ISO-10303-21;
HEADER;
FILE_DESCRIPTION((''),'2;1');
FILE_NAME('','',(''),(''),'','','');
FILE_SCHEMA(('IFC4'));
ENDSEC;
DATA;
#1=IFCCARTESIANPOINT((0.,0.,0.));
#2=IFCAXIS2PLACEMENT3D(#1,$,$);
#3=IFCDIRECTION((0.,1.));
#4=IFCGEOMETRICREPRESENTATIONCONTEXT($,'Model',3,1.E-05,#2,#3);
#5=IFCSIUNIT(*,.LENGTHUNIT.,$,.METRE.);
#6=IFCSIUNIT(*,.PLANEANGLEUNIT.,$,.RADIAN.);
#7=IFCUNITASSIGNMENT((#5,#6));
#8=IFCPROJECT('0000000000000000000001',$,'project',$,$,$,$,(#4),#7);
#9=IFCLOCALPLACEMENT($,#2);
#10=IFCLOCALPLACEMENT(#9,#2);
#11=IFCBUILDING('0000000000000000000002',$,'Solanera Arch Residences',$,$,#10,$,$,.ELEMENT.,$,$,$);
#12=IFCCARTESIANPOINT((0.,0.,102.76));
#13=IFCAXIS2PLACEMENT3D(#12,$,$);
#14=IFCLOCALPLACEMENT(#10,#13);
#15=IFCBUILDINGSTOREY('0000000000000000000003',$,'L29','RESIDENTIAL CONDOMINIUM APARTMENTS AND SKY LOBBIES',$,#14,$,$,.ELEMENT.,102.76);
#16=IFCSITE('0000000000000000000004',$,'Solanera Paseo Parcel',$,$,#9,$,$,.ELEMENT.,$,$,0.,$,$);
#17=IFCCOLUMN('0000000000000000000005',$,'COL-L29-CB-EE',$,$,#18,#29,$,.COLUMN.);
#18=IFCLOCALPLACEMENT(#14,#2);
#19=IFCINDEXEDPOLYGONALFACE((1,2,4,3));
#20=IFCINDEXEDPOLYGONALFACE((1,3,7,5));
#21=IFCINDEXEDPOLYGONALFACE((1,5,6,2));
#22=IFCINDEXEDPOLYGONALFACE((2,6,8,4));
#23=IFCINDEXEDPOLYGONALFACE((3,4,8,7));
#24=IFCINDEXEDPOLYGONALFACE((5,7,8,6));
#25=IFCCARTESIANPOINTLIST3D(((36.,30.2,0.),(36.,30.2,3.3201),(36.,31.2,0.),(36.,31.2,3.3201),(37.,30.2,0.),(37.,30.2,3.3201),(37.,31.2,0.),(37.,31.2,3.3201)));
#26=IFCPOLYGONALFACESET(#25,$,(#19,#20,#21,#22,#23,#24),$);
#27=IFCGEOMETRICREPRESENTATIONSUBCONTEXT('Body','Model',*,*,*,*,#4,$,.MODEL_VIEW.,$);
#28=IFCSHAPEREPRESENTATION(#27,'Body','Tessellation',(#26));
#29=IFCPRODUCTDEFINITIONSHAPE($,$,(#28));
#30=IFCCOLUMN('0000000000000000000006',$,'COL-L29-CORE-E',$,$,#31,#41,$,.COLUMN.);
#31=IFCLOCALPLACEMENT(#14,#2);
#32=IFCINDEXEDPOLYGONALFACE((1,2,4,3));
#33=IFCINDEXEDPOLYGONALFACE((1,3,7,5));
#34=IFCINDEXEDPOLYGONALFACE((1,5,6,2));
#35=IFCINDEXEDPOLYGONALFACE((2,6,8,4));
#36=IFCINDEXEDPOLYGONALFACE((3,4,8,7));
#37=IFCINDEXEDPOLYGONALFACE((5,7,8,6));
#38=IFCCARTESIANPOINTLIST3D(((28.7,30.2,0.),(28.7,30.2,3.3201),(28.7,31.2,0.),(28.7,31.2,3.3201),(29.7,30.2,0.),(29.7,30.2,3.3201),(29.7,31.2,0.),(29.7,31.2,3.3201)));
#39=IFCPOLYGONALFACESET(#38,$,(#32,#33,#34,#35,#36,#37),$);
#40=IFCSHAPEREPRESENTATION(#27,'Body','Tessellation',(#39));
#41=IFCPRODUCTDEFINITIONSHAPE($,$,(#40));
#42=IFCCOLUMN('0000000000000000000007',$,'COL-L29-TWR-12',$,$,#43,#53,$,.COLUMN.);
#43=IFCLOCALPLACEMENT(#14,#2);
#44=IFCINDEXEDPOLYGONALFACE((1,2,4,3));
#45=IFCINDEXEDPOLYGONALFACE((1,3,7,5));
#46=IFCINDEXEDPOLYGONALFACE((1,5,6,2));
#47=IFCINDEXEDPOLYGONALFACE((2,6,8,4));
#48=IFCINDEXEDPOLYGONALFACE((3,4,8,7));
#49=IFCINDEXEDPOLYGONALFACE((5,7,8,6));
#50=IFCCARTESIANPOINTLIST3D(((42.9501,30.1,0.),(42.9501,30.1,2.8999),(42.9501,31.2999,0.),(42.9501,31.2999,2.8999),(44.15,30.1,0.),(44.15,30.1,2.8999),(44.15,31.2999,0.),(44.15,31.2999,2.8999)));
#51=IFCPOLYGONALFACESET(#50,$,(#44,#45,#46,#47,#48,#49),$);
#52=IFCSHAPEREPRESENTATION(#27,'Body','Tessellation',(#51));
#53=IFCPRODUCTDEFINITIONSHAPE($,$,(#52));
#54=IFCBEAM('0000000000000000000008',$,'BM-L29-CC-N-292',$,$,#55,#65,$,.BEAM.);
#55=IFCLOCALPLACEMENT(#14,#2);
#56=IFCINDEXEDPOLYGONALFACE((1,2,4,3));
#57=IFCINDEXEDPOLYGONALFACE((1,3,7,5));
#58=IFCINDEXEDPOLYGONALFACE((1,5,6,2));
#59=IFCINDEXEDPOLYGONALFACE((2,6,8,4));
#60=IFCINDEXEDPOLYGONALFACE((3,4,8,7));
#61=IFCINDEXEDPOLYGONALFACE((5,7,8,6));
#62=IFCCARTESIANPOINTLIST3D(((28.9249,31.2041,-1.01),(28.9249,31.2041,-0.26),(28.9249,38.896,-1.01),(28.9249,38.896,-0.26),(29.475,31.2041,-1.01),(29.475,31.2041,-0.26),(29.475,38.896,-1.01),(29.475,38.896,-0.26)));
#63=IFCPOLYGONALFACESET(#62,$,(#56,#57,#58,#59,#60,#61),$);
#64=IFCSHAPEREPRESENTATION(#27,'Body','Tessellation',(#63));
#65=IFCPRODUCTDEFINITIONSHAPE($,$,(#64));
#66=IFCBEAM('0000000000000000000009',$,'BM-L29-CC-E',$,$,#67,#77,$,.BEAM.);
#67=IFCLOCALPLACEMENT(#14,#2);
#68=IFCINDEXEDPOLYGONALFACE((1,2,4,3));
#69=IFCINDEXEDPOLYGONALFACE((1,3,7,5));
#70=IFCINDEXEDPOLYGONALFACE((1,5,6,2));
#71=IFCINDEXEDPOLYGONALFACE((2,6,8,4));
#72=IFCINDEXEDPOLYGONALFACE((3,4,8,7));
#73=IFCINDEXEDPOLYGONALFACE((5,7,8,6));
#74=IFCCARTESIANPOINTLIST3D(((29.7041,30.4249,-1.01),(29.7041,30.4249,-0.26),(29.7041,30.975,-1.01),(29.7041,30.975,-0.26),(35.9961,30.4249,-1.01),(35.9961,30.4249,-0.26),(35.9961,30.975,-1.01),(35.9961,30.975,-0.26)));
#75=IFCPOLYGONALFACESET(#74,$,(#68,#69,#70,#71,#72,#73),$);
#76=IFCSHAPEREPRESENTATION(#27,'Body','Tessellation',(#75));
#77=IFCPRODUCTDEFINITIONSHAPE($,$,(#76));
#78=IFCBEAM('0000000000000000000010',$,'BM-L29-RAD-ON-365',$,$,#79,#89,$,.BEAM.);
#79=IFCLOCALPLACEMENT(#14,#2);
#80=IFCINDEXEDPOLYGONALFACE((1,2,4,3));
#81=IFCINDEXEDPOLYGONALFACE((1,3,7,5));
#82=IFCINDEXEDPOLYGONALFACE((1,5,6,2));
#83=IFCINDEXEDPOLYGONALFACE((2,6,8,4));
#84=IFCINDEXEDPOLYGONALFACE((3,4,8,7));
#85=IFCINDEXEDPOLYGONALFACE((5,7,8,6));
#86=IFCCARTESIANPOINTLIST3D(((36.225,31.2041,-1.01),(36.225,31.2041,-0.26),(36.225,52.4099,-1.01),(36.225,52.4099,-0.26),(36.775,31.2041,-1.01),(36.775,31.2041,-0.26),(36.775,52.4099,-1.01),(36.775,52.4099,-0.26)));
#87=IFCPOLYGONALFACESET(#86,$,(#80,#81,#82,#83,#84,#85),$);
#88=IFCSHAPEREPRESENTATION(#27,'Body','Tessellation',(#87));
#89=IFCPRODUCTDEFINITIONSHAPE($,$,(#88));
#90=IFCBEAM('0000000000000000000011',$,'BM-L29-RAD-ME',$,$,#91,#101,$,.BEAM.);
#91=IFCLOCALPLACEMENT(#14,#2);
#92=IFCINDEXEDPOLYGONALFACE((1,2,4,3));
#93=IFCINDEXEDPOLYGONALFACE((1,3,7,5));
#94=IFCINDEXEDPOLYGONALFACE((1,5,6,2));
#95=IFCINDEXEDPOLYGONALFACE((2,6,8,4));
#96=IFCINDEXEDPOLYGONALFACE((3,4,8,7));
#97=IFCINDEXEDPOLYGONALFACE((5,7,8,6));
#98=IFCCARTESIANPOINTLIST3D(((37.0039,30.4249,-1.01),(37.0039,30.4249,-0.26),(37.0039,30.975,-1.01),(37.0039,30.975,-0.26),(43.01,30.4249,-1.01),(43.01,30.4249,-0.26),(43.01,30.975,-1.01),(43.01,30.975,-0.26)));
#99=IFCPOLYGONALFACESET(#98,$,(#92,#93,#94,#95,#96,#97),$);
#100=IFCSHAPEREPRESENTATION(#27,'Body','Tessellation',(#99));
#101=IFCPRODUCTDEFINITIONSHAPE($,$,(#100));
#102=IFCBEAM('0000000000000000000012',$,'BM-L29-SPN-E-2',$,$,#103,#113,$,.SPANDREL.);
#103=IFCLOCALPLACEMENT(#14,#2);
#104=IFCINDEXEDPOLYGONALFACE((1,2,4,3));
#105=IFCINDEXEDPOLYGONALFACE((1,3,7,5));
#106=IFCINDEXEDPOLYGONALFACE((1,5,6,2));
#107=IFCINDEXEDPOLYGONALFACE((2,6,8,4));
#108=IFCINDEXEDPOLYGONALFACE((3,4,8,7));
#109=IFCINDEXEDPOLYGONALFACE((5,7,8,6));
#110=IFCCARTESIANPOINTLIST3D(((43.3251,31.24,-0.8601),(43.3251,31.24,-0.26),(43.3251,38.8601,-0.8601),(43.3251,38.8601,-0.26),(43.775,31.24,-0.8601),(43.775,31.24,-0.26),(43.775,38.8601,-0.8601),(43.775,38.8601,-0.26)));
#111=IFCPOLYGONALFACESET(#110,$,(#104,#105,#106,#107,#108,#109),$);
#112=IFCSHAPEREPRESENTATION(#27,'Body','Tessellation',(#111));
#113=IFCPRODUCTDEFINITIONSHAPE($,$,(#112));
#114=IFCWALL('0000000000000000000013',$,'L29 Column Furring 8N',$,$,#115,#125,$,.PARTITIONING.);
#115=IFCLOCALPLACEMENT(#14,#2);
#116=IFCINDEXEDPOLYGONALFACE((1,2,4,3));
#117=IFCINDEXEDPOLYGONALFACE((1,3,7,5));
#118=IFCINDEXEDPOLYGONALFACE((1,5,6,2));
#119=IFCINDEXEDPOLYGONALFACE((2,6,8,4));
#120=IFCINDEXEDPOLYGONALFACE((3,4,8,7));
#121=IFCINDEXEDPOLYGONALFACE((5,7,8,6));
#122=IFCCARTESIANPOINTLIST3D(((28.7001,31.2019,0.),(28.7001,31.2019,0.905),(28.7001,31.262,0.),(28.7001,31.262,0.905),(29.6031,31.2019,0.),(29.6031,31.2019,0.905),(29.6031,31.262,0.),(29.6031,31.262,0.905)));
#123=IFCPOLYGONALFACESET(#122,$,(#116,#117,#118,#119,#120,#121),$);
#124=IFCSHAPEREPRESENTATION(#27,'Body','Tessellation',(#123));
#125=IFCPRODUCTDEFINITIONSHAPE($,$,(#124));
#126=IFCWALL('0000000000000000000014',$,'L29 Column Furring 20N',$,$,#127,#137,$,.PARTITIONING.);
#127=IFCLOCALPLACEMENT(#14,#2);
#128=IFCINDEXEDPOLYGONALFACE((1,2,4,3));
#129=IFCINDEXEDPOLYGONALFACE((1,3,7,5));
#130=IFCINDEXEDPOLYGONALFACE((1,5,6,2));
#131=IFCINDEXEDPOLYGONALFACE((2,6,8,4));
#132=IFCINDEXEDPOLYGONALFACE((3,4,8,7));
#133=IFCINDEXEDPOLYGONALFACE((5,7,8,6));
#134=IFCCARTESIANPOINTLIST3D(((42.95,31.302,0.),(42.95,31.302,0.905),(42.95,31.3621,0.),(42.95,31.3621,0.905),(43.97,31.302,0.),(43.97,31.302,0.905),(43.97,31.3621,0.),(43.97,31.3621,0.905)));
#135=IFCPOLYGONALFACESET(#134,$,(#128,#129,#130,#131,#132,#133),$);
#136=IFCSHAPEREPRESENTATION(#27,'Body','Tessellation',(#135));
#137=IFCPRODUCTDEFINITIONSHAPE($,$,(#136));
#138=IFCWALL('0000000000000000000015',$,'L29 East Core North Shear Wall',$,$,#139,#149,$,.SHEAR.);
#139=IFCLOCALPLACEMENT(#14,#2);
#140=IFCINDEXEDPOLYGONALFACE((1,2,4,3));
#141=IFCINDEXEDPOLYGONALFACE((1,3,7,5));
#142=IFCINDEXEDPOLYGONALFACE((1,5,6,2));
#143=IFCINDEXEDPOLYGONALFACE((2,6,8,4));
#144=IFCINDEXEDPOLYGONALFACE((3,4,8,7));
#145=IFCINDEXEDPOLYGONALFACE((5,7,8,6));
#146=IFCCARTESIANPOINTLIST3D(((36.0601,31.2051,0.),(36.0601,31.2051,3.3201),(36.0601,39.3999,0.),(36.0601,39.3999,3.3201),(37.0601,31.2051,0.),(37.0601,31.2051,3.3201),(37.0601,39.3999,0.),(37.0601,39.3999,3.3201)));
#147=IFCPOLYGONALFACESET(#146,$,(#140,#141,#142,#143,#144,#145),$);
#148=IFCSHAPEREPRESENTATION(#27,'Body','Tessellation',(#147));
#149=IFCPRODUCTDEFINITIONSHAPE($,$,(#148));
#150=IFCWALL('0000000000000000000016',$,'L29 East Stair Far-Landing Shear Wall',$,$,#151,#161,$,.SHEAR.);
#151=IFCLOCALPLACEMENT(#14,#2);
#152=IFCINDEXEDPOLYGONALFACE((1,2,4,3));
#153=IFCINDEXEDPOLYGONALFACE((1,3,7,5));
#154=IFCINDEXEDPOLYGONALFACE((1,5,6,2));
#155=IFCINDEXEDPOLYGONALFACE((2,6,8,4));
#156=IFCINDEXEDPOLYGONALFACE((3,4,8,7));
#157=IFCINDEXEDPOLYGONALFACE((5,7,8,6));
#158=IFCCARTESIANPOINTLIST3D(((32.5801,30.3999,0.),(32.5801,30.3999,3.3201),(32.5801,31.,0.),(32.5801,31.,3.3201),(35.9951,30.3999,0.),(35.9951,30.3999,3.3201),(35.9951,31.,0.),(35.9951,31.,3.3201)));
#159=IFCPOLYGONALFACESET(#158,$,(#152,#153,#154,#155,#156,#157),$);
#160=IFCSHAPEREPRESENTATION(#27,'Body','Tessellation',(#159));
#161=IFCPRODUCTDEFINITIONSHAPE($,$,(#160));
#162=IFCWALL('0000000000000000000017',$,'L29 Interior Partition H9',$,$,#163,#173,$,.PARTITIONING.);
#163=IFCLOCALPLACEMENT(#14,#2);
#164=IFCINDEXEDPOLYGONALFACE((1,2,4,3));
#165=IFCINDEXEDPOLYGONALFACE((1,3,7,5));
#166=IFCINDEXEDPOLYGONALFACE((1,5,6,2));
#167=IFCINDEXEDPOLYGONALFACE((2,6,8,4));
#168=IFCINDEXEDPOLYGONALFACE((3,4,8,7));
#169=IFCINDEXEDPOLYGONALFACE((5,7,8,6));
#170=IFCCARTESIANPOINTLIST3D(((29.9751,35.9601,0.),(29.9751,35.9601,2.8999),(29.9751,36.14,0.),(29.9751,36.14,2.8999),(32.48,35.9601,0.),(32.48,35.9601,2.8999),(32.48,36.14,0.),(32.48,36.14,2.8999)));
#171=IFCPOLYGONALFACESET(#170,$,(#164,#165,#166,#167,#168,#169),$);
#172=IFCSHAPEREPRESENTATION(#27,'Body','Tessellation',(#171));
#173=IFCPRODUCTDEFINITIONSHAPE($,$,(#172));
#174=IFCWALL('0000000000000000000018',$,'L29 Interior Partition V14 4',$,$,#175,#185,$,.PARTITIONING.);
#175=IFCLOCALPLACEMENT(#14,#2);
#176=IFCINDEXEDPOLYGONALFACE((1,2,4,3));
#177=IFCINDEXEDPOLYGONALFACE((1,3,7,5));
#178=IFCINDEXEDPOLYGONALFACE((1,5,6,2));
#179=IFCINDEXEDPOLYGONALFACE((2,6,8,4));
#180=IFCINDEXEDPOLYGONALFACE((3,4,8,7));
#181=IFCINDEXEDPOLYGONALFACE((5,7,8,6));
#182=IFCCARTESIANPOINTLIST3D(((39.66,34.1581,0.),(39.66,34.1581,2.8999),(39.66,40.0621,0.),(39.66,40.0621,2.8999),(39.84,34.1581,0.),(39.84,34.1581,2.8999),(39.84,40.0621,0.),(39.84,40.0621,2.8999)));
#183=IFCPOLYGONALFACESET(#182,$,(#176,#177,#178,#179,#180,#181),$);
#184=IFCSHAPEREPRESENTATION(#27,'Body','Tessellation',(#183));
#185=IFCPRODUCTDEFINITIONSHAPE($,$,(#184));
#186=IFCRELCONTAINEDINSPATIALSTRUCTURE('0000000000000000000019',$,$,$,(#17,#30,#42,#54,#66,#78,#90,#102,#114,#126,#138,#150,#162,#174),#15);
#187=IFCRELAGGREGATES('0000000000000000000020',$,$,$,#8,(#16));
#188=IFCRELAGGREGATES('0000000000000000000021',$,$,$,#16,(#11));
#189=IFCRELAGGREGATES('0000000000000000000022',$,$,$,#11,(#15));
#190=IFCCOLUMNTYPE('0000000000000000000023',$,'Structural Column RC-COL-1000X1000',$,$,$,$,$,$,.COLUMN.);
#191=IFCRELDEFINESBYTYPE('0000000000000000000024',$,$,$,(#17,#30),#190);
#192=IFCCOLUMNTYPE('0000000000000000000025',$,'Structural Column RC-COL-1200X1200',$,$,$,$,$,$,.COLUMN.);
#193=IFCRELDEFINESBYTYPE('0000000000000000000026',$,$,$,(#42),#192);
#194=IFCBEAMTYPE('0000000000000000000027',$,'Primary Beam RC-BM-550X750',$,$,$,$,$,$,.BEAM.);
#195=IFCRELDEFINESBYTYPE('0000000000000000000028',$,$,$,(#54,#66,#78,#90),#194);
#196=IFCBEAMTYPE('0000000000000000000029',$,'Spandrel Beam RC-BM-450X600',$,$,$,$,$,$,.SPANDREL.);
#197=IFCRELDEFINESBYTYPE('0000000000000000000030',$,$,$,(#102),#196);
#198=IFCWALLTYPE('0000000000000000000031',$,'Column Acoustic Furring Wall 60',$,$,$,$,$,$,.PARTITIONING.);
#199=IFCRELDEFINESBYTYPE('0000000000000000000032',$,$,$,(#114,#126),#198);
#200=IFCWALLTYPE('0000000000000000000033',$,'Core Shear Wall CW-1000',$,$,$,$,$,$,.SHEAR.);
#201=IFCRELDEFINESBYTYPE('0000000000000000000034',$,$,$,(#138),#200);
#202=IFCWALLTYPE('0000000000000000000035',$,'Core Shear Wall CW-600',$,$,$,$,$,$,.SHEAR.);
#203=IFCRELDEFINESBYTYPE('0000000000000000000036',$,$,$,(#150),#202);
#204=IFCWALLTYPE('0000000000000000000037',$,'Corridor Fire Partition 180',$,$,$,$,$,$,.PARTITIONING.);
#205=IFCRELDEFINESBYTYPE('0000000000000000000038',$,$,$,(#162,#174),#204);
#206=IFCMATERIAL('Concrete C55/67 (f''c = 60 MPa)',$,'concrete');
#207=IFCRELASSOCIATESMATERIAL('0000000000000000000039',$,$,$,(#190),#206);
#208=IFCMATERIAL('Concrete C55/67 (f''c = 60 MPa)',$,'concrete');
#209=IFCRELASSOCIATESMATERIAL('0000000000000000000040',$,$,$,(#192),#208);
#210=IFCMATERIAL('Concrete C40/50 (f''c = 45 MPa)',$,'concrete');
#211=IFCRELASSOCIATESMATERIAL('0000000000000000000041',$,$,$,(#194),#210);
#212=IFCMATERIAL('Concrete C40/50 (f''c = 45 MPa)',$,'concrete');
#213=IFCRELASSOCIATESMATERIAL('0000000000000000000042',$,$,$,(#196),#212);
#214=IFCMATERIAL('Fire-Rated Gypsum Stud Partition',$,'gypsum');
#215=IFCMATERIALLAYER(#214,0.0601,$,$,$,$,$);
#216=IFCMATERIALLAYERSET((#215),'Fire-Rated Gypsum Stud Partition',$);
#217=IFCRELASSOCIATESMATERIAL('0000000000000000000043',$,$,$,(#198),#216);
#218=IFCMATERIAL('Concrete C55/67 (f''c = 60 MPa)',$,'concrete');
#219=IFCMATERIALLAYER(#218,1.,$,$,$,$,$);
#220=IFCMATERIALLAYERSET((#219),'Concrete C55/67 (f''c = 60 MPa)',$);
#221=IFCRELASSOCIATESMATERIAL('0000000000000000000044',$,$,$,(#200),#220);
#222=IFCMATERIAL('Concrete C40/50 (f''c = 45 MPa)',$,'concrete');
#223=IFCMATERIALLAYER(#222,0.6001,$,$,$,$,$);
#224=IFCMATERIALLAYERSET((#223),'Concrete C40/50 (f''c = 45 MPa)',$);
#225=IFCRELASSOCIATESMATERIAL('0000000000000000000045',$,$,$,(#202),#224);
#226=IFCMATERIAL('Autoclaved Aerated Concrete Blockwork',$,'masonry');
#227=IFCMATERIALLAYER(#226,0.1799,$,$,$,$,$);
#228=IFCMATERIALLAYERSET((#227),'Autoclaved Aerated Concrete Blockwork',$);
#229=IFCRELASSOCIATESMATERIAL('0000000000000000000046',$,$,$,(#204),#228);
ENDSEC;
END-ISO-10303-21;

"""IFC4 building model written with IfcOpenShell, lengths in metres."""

from ifc_helpers import new_model, si_unit, direction, frame, frame_2d, origin, origin_2d, place, context, subcontext, project, spatial, rectangle, extrude, material, layer, layer_set, material_profile, profile_set, type_object, element, save


model = new_model("IFC4")

# Units and contexts
model_context = context("Model", 3, precision=1e-05, world=origin(), true_north=direction((0.0, 1.0)))
body_context = subcontext(model_context, "Body", "Model", "MODEL_VIEW")
ifc_project = project(units=[si_unit("LENGTHUNIT", "METRE"), si_unit("PLANEANGLEUNIT", "RADIAN")], contexts=[model_context])

# Site, building, storey
site_placement = place(None, origin())
site = spatial("IfcSite", under=ifc_project, at=site_placement, Name="Solanera Paseo Parcel", CompositionType="ELEMENT", RefElevation=0.0)
building_placement = place(site_placement, origin())
building = spatial("IfcBuilding", under=site, at=building_placement, Name="Solanera Arch Residences", CompositionType="ELEMENT")
storey_placement = place(building_placement, frame((0.0, 0.0, 102.76)))
storey = spatial("IfcBuildingStorey", under=building, at=storey_placement, Name="L29", Description="RESIDENTIAL CONDOMINIUM APARTMENTS AND SKY LOBBIES", CompositionType="ELEMENT", Elevation=102.76)

# Columns
ifc_material_1 = material(Name="Concrete C55/67 (f'c = 60 MPa)", Category="concrete")
ifc_material_profile_1 = material_profile(ifc_material_1, rectangle(XDim=1.0, YDim=1.0, at=origin_2d()))
ifc_profile_set_1 = profile_set([ifc_material_profile_1], Name="Concrete C55/67 (f'c = 60 MPa)")
column_type_1 = type_object("IfcColumnType", Name="Structural Column RC-COL-1000X1000", PredefinedType="COLUMN", material=ifc_profile_set_1)
for number, where, z_axis, x_axis, name in (
    (1, (36.5, 30.7, 0.0), (0.0, 0.0, 1.0), (1.0, 0.0, 0.0), "COL-L29-CB-EE"),
    (2, (29.2, 30.7, 0.0), (0.0, 0.0, 1.0), (1.0, 0.0, 0.0), "COL-L29-CORE-E"),
):
    element("IfcColumn", number, at=place(storey_placement, frame(where, z_axis=z_axis, x_axis=x_axis)), inside=storey, type_object=column_type_1, Name=name, PredefinedType="COLUMN", context=body_context, shape_type="SweptSolid", body=[
        extrude(rectangle(XDim=1.0, YDim=1.0, at=origin_2d()), origin(), (0.0, 0.0, 1.0), 3.3201),
    ])
ifc_material_2 = material(Name="Concrete C55/67 (f'c = 60 MPa)", Category="concrete")
ifc_material_profile_2 = material_profile(ifc_material_2, rectangle(XDim=1.2, YDim=1.2, at=origin_2d()))
ifc_profile_set_2 = profile_set([ifc_material_profile_2], Name="Concrete C55/67 (f'c = 60 MPa)")
column_type_2 = type_object("IfcColumnType", Name="Structural Column RC-COL-1200X1200", PredefinedType="COLUMN", material=ifc_profile_set_2)
column_placement = place(storey_placement, frame((43.55, 30.7, 0.0), z_axis=(0.0, 0.0, 1.0), x_axis=(1.0, 0.0, 0.0)))
element("IfcColumn", 3, at=column_placement, inside=storey, type_object=column_type_2, Name="COL-L29-TWR-12", PredefinedType="COLUMN", context=body_context, shape_type="SweptSolid", body=[
    extrude(rectangle(XDim=1.2, YDim=1.2, at=origin_2d()), origin(), (0.0, 0.0, 1.0), 2.8999),
])

# Beams
ifc_material_3 = material(Name="Concrete C40/50 (f'c = 45 MPa)", Category="concrete")
ifc_material_profile_3 = material_profile(ifc_material_3, rectangle(XDim=0.55, YDim=0.75, at=origin_2d()))
ifc_profile_set_3 = profile_set([ifc_material_profile_3], Name="Concrete C40/50 (f'c = 45 MPa)")
beam_type_1 = type_object("IfcBeamType", Name="Primary Beam RC-BM-550X750", PredefinedType="BEAM", material=ifc_profile_set_3)
beam_1_placement = place(storey_placement, frame((29.2, 31.2041, -0.635), z_axis=(0.0, 1.0, 0.0), x_axis=(-1.0, 0.0, 0.0)))
element("IfcBeam", 4, at=beam_1_placement, inside=storey, type_object=beam_type_1, Name="BM-L29-CC-N-292", PredefinedType="BEAM", context=body_context, shape_type="SweptSolid", body=[
    extrude(rectangle(XDim=0.55, YDim=0.75, at=origin_2d()), origin(), (0.0, 0.0, 1.0), 7.6919),
])
beam_2_placement = place(storey_placement, frame((29.7041, 30.7, -0.635), z_axis=(1.0, 0.0, 0.0), x_axis=(0.0, 1.0, 0.0)))
element("IfcBeam", 5, at=beam_2_placement, inside=storey, type_object=beam_type_1, Name="BM-L29-CC-E", PredefinedType="BEAM", context=body_context, shape_type="SweptSolid", body=[
    extrude(rectangle(XDim=0.55, YDim=0.75, at=origin_2d()), origin(), (0.0, 0.0, 1.0), 6.292),
])
beam_3_placement = place(storey_placement, frame((36.5, 31.2041, -0.635), z_axis=(0.0, 1.0, 0.0), x_axis=(-1.0, 0.0, 0.0)))
element("IfcBeam", 6, at=beam_3_placement, inside=storey, type_object=beam_type_1, Name="BM-L29-RAD-ON-365", PredefinedType="BEAM", context=body_context, shape_type="SweptSolid", body=[
    extrude(rectangle(XDim=0.55, YDim=0.75, at=origin_2d()), origin(), (0.0, 0.0, 1.0), 21.2058),
])
beam_4_placement = place(storey_placement, frame((37.0039, 30.7, -0.635), z_axis=(1.0, 0.0, 0.0), x_axis=(0.0, 1.0, 0.0)))
element("IfcBeam", 7, at=beam_4_placement, inside=storey, type_object=beam_type_1, Name="BM-L29-RAD-ME", PredefinedType="BEAM", context=body_context, shape_type="SweptSolid", body=[
    extrude(rectangle(XDim=0.55, YDim=0.75, at=origin_2d()), origin(), (0.0, 0.0, 1.0), 6.0061),
])
ifc_material_4 = material(Name="Concrete C40/50 (f'c = 45 MPa)", Category="concrete")
ifc_material_profile_4 = material_profile(ifc_material_4, rectangle(XDim=0.45, YDim=0.6001, at=origin_2d()))
ifc_profile_set_4 = profile_set([ifc_material_profile_4], Name="Concrete C40/50 (f'c = 45 MPa)")
beam_type_2 = type_object("IfcBeamType", Name="Spandrel Beam RC-BM-450X600", PredefinedType="SPANDREL", material=ifc_profile_set_4)
beam_5_placement = place(storey_placement, frame((43.55, 31.24, -0.5601), z_axis=(0.0, 1.0, 0.0), x_axis=(-1.0, 0.0, 0.0)))
element("IfcBeam", 8, at=beam_5_placement, inside=storey, type_object=beam_type_2, Name="BM-L29-SPN-E-2", PredefinedType="SPANDREL", context=body_context, shape_type="SweptSolid", body=[
    extrude(rectangle(XDim=0.45, YDim=0.6001, at=origin_2d()), origin(), (0.0, 0.0, 1.0), 7.6201),
])

# Walls
ifc_material_5 = material(Name="Fire-Rated Gypsum Stud Partition", Category="gypsum")
ifc_layer_1 = layer(ifc_material_5, 0.0601)
ifc_layer_set_1 = layer_set([ifc_layer_1], Name="Fire-Rated Gypsum Stud Partition")
wall_type_1 = type_object("IfcWallType", Name="Column Acoustic Furring Wall 60", PredefinedType="PARTITIONING", material=ifc_layer_set_1)
wall_1_placement = place(storey_placement, frame((28.7, 31.2319, 0.0), z_axis=(0.0, 0.0, 1.0), x_axis=(1.0, 0.0, 0.0)))
element("IfcWall", 9, at=wall_1_placement, inside=storey, type_object=wall_type_1, Name="L29 Column Furring 8N", PredefinedType="PARTITIONING", context=body_context, shape_type="SweptSolid", body=[
    extrude(rectangle(XDim=0.9031, YDim=0.0601, at=frame_2d((0.4517, 0.0))), origin(), (0.0, 0.0, 1.0), 0.905),
])
wall_2_placement = place(storey_placement, frame((42.95, 31.332, 0.0), z_axis=(0.0, 0.0, 1.0), x_axis=(1.0, 0.0, 0.0)))
element("IfcWall", 10, at=wall_2_placement, inside=storey, type_object=wall_type_1, Name="L29 Column Furring 20N", PredefinedType="PARTITIONING", context=body_context, shape_type="SweptSolid", body=[
    extrude(rectangle(XDim=1.02, YDim=0.0601, at=frame_2d((0.51, 0.0))), origin(), (0.0, 0.0, 1.0), 0.905),
])
ifc_material_6 = material(Name="Concrete C55/67 (f'c = 60 MPa)", Category="concrete")
ifc_layer_2 = layer(ifc_material_6, 1.0)
ifc_layer_set_2 = layer_set([ifc_layer_2], Name="Concrete C55/67 (f'c = 60 MPa)")
wall_type_2 = type_object("IfcWallType", Name="Core Shear Wall CW-1000", PredefinedType="SHEAR", material=ifc_layer_set_2)
wall_3_placement = place(storey_placement, frame((36.5601, 31.2051, 0.0), z_axis=(0.0, 0.0, 1.0), x_axis=(0.0, 1.0, 0.0)))
element("IfcWall", 11, at=wall_3_placement, inside=storey, type_object=wall_type_2, Name="L29 East Core North Shear Wall", PredefinedType="SHEAR", context=body_context, shape_type="SweptSolid", body=[
    extrude(rectangle(XDim=8.1948, YDim=1.0, at=frame_2d((4.0974, 0.0))), origin(), (0.0, 0.0, 1.0), 3.3201),
])

# Walls
ifc_material_7 = material(Name="Concrete C40/50 (f'c = 45 MPa)", Category="concrete")
ifc_layer_3 = layer(ifc_material_7, 0.6001)
ifc_layer_set_3 = layer_set([ifc_layer_3], Name="Concrete C40/50 (f'c = 45 MPa)")
wall_type_3 = type_object("IfcWallType", Name="Core Shear Wall CW-600", PredefinedType="SHEAR", material=ifc_layer_set_3)
wall_4_placement = place(storey_placement, frame((32.5801, 30.7, 0.0), z_axis=(0.0, 0.0, 1.0), x_axis=(1.0, 0.0, 0.0)))
element("IfcWall", 12, at=wall_4_placement, inside=storey, type_object=wall_type_3, Name="L29 East Stair Far-Landing Shear Wall", PredefinedType="SHEAR", context=body_context, shape_type="SweptSolid", body=[
    extrude(rectangle(XDim=3.415, YDim=0.6001, at=frame_2d((1.7075, 0.0))), origin(), (0.0, 0.0, 1.0), 3.3201),
])
ifc_material_8 = material(Name="Autoclaved Aerated Concrete Blockwork", Category="masonry")
ifc_layer_4 = layer(ifc_material_8, 0.1799)
ifc_layer_set_4 = layer_set([ifc_layer_4], Name="Autoclaved Aerated Concrete Blockwork")
wall_type_4 = type_object("IfcWallType", Name="Corridor Fire Partition 180", PredefinedType="PARTITIONING", material=ifc_layer_set_4)
wall_5_placement = place(storey_placement, frame((29.9751, 36.05, 0.0), z_axis=(0.0, 0.0, 1.0), x_axis=(1.0, 0.0, 0.0)))
element("IfcWall", 13, at=wall_5_placement, inside=storey, type_object=wall_type_4, Name="L29 Interior Partition H9", PredefinedType="PARTITIONING", context=body_context, shape_type="SweptSolid", body=[
    extrude(rectangle(XDim=2.5049, YDim=0.1799, at=frame_2d((1.2524, 0.0))), origin(), (0.0, 0.0, 1.0), 2.8999),
])
wall_6_placement = place(storey_placement, frame((39.75, 34.158, 0.0), z_axis=(0.0, 0.0, 1.0), x_axis=(0.0, 1.0, 0.0)))
element("IfcWall", 14, at=wall_6_placement, inside=storey, type_object=wall_type_4, Name="L29 Interior Partition V14 4", PredefinedType="PARTITIONING", context=body_context, shape_type="SweptSolid", body=[
    extrude(rectangle(XDim=5.9041, YDim=0.1799, at=frame_2d((2.9521, 0.0))), origin(), (0.0, 0.0, 1.0), 2.8999),
])

save(model, "model.ifc")
